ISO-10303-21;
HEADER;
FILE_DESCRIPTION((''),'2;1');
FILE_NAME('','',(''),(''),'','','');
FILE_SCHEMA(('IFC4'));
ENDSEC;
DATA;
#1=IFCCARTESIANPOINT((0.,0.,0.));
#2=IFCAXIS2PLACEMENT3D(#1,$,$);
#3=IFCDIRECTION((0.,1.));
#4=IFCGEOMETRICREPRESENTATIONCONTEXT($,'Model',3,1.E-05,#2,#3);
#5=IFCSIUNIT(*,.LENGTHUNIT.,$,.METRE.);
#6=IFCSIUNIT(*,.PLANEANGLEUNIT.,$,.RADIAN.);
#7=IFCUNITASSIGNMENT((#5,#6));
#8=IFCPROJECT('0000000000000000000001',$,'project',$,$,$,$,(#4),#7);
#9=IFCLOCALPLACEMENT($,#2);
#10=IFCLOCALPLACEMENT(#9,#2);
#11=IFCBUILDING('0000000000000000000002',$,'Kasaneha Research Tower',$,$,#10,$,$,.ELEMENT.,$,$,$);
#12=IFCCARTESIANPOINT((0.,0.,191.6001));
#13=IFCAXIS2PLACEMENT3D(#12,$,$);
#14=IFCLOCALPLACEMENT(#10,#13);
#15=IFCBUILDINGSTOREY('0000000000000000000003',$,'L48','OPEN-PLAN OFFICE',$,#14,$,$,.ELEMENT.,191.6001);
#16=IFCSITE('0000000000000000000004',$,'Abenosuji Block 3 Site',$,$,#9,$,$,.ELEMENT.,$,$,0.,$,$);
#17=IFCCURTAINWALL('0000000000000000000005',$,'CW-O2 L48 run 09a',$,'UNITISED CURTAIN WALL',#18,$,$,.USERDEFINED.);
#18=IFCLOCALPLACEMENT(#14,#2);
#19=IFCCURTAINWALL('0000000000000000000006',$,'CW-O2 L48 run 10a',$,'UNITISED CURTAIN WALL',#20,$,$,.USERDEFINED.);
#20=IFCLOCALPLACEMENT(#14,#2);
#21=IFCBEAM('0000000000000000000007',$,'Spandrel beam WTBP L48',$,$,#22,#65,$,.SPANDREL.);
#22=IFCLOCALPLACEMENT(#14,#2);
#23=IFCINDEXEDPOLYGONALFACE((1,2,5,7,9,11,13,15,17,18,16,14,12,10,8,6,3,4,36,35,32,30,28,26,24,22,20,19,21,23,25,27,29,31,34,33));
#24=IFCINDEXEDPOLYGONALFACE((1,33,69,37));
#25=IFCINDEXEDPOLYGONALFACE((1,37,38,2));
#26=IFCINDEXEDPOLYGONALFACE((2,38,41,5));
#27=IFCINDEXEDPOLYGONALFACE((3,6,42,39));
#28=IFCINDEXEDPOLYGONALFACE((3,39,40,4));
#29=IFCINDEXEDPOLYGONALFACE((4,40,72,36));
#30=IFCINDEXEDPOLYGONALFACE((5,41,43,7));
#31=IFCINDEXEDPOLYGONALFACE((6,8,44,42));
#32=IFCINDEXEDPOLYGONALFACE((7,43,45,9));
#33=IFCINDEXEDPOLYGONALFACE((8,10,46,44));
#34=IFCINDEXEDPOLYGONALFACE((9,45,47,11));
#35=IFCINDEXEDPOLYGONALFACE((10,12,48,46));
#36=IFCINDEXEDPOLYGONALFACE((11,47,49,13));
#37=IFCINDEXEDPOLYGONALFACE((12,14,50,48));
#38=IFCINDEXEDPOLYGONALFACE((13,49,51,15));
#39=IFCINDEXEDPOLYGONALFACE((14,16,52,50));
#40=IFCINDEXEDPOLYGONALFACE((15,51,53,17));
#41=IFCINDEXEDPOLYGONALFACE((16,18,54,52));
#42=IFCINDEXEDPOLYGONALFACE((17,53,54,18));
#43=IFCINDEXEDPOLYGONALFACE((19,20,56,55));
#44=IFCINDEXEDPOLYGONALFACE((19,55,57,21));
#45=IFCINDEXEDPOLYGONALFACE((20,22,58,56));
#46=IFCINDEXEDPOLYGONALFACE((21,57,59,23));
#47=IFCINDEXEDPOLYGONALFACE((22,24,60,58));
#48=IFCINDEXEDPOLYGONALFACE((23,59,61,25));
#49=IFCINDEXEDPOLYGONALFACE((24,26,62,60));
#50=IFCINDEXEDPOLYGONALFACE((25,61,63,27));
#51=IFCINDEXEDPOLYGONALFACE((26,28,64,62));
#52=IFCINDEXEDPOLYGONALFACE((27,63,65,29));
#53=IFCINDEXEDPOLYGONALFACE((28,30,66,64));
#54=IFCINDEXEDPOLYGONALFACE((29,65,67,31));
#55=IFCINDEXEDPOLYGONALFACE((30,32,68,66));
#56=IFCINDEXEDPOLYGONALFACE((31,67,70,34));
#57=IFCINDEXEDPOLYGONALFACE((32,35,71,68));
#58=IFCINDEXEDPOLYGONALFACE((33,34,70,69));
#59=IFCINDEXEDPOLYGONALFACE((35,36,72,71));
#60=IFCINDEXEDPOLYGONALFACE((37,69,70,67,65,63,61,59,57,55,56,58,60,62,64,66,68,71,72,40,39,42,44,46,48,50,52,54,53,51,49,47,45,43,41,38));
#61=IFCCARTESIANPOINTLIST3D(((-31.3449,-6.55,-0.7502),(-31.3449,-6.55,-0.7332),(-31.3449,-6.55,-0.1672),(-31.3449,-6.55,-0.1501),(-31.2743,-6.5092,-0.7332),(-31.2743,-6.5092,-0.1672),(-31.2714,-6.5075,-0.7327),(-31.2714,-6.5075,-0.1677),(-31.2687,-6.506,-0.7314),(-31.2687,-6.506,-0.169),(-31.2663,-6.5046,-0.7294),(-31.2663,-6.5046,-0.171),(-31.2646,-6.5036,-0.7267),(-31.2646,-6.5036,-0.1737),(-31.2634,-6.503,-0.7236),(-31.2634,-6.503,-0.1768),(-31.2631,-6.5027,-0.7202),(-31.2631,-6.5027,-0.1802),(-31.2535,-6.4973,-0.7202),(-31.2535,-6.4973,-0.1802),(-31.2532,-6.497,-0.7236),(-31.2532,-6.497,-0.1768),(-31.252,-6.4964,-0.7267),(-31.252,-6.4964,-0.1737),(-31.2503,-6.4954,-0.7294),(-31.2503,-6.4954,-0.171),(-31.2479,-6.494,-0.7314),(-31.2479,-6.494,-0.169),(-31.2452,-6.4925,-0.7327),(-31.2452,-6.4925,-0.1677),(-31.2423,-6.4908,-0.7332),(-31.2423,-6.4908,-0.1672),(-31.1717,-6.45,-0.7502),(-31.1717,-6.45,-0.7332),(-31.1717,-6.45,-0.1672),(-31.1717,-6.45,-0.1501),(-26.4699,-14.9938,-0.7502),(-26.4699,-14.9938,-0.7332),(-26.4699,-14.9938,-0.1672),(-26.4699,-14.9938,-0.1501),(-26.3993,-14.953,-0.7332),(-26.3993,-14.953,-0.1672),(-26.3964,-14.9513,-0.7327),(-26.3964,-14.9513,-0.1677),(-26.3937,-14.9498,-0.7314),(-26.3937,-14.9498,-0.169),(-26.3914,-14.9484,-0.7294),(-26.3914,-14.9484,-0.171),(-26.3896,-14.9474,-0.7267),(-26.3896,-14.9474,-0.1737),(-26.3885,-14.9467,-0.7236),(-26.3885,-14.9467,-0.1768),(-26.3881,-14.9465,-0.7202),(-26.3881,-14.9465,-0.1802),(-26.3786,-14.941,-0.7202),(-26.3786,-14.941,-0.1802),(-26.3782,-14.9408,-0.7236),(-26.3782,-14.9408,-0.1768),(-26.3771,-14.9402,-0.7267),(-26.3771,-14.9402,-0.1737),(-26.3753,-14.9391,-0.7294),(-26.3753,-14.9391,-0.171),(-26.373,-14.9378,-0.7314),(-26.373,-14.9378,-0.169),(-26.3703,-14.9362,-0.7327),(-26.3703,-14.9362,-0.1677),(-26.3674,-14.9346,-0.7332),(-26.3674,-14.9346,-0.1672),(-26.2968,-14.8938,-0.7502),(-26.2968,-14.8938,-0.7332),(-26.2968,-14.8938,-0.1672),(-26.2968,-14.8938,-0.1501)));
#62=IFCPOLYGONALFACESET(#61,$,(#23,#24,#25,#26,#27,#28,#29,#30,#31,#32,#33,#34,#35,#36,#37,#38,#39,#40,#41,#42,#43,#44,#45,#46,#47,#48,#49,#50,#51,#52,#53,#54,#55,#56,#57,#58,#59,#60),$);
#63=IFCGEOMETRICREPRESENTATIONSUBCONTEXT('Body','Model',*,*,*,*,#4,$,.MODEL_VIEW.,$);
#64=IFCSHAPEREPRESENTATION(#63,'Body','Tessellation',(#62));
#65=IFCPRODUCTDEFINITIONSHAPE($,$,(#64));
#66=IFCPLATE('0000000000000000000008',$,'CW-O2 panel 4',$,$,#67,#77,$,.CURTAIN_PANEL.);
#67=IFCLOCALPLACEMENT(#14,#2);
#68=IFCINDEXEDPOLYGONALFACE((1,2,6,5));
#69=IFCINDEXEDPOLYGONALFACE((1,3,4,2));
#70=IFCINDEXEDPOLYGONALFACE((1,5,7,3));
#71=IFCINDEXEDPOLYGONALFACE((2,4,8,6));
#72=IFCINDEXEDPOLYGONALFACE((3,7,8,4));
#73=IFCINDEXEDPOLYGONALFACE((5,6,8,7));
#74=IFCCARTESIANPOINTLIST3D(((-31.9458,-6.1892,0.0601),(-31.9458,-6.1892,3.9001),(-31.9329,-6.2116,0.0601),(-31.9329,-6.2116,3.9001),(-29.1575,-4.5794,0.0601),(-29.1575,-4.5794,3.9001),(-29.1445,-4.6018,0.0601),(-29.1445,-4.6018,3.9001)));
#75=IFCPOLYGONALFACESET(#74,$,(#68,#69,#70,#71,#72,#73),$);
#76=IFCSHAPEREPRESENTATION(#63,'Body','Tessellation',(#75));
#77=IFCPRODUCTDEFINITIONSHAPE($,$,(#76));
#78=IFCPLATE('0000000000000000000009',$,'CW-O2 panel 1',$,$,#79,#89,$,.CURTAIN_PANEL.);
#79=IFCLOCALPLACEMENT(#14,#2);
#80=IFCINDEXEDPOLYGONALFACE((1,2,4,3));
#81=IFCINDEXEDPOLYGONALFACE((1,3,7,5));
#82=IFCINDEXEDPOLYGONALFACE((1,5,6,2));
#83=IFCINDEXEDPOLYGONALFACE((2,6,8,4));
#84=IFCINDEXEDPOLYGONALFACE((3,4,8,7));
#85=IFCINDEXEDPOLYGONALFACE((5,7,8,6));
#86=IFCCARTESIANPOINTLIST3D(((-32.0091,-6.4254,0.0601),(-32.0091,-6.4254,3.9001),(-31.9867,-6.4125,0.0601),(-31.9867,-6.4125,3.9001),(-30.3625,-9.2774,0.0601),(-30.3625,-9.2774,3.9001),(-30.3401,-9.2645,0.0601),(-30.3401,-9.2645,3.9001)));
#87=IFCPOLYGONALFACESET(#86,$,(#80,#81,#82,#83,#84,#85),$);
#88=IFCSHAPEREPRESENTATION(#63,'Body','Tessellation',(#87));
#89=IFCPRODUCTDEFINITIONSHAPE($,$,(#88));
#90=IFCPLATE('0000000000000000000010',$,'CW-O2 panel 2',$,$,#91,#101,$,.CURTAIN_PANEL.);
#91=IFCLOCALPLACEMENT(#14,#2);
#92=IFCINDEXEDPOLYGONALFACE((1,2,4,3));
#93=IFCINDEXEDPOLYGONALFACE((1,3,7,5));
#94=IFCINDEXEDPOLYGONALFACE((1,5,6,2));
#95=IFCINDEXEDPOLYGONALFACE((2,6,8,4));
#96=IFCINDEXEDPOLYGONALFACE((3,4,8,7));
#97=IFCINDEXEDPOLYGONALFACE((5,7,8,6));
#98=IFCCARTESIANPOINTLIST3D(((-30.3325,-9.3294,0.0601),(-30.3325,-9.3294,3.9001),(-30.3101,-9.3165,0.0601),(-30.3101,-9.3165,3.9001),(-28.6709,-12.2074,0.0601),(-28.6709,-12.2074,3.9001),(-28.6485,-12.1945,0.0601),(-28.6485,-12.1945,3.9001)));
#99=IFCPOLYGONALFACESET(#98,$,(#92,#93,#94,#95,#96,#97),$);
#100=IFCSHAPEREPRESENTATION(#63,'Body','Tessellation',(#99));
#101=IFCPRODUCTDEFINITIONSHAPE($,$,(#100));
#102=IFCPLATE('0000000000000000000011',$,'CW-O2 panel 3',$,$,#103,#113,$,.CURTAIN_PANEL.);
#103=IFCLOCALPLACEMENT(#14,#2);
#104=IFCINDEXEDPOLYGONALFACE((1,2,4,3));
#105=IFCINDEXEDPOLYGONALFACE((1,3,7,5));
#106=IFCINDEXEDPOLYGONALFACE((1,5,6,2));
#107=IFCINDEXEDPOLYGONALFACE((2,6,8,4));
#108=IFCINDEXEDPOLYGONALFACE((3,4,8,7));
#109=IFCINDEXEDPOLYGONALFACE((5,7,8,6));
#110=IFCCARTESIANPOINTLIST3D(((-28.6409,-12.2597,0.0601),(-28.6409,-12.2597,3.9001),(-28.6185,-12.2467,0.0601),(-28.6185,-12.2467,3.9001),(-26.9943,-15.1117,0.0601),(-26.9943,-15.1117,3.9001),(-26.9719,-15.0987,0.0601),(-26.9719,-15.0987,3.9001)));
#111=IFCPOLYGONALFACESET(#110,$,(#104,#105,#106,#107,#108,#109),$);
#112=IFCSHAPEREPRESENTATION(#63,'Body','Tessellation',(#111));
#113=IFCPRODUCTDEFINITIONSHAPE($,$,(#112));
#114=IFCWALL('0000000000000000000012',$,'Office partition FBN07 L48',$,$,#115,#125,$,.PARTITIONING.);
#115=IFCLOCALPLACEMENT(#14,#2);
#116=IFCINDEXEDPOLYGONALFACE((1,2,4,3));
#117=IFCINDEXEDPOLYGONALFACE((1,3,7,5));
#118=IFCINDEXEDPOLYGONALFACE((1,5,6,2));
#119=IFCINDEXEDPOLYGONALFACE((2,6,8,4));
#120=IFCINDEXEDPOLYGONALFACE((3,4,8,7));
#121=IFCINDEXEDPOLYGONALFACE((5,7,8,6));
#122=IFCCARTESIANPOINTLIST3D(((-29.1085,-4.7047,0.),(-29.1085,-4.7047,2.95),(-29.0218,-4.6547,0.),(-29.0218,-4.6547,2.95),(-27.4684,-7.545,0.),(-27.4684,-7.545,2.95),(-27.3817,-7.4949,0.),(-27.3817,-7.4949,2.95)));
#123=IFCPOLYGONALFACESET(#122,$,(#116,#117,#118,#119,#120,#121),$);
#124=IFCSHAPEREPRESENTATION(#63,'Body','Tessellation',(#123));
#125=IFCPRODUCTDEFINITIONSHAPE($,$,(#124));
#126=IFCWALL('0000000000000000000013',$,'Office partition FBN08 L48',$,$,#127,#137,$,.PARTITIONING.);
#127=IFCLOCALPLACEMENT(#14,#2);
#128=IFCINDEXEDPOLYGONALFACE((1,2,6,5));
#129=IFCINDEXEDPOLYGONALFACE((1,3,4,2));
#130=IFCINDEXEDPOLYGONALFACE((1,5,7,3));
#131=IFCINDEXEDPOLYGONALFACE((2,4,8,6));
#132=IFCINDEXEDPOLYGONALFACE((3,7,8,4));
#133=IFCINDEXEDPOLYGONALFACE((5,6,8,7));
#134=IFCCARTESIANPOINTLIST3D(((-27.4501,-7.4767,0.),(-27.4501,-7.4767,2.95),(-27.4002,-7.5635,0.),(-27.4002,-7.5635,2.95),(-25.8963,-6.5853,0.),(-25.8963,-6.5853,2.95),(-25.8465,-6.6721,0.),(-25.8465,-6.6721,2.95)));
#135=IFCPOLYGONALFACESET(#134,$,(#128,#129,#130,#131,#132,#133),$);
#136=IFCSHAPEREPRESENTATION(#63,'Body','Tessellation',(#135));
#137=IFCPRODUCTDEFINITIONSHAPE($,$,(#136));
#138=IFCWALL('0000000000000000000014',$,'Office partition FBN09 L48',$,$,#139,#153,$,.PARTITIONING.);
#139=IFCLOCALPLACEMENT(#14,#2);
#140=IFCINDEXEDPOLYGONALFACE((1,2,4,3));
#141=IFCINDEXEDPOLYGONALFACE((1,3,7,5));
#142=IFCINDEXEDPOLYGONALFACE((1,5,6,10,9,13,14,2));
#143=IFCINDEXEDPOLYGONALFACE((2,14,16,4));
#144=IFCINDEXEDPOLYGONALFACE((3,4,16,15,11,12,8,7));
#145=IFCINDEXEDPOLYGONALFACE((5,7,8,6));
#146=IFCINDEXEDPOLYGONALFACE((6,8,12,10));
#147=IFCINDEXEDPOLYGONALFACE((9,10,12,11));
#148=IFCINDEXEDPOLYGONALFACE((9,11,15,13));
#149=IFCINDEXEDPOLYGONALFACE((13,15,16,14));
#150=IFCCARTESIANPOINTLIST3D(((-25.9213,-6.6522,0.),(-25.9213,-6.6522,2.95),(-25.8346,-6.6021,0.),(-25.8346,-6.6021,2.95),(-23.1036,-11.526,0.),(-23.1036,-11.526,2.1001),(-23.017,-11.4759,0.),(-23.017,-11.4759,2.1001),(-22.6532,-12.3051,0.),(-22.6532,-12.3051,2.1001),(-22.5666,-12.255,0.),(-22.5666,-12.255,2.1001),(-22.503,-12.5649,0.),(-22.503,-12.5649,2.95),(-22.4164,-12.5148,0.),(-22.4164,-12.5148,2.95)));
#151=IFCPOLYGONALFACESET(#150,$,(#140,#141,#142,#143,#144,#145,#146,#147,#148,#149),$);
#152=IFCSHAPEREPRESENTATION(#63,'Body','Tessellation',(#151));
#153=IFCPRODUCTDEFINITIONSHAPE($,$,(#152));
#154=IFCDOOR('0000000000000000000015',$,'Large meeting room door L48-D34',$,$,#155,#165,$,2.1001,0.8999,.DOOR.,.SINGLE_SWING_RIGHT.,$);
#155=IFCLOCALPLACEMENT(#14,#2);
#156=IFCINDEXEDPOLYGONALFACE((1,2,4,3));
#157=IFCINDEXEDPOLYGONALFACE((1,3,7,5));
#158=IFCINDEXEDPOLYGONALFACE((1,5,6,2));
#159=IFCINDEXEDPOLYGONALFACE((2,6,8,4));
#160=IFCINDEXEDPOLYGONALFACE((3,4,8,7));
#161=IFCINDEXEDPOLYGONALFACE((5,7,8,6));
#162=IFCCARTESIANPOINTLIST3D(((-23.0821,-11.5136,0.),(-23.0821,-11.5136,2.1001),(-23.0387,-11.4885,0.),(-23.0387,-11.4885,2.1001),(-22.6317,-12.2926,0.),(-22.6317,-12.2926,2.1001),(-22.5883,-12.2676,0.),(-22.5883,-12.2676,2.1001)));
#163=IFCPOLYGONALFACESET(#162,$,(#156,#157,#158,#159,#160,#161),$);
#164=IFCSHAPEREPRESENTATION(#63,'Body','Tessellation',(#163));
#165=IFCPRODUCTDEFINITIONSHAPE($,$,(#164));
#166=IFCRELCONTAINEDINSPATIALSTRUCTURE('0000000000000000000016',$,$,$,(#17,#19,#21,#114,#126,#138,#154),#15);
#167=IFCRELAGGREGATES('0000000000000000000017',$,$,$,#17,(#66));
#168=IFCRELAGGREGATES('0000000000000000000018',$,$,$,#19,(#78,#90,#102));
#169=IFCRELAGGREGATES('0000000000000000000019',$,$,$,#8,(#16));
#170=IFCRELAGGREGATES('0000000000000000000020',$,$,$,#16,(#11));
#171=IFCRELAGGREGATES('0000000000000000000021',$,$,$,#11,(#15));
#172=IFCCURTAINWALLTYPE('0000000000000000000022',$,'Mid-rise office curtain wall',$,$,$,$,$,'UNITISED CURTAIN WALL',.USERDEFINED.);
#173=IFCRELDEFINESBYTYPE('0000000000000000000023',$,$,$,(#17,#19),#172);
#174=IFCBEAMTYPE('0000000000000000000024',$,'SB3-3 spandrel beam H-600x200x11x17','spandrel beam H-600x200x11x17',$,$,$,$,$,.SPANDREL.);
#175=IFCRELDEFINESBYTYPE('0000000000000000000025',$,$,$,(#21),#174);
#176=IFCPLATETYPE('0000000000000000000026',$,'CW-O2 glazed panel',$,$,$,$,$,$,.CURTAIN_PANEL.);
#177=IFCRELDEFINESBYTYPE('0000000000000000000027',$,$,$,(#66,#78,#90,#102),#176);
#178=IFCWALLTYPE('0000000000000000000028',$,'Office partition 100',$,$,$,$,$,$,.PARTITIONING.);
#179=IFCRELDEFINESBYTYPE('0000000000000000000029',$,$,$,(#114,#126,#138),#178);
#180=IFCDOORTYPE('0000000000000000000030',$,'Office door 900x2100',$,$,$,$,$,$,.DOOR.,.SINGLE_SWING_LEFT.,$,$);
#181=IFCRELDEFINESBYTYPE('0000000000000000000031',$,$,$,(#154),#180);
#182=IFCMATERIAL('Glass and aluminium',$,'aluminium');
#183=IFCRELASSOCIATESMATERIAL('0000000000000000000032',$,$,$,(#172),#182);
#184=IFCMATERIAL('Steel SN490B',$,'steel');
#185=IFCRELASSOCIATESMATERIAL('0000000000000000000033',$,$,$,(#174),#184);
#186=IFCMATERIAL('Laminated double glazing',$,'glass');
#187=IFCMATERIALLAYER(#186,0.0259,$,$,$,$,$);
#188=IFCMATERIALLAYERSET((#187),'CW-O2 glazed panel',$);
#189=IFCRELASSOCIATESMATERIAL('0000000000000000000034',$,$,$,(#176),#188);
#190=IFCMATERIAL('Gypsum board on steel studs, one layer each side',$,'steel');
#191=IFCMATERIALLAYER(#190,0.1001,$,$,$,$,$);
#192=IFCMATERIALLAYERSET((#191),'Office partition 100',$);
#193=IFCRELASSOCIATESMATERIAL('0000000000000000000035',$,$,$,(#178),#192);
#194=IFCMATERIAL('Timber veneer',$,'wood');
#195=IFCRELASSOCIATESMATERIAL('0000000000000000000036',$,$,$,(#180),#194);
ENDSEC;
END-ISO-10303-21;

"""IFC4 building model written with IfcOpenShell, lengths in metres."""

from ifc_helpers import new_model, si_unit, direction, frame, frame_2d, origin, origin_2d, place, context, subcontext, project, spatial, rectangle, i_section, extrude, material, layer, layer_set, material_profile, profile_set, type_object, element, fill, aggregate, save


model = new_model("IFC4")

# Units and contexts
model_context = context("Model", 3, precision=1e-05, world=origin(), true_north=direction((0.0, 1.0)))
body_context = subcontext(model_context, "Body", "Model", "MODEL_VIEW")
ifc_project = project(units=[si_unit("LENGTHUNIT", "METRE"), si_unit("PLANEANGLEUNIT", "RADIAN")], contexts=[model_context])

# Site, building, storey
site_placement = place(None, origin())
site = spatial("IfcSite", under=ifc_project, at=site_placement, Name="Abenosuji Block 3 Site", CompositionType="ELEMENT", RefElevation=0.0)
building_placement = place(site_placement, origin())
building = spatial("IfcBuilding", under=site, at=building_placement, Name="Kasaneha Research Tower", CompositionType="ELEMENT")
storey_placement = place(building_placement, frame((0.0, 0.0, 191.6001)))
storey = spatial("IfcBuildingStorey", under=building, at=storey_placement, Name="L48", Description="OPEN-PLAN OFFICE", CompositionType="ELEMENT", Elevation=191.6001)

# Curtain walls
ifc_material_1 = material(Name="Glass and aluminium", Category="aluminium")
curtain_wall_type = type_object("IfcCurtainWallType", Name="Mid-rise office curtain wall", ElementType="UNITISED CURTAIN WALL", PredefinedType="USERDEFINED", material=ifc_material_1)
curtain_wall_1_placement = place(storey_placement, origin())
curtain_wall_1 = element("IfcCurtainWall", 1, at=curtain_wall_1_placement, inside=storey, type_object=curtain_wall_type, Name="CW-O2 L48 run 09a", ObjectType="UNITISED CURTAIN WALL", PredefinedType="USERDEFINED")
curtain_wall_2_placement = place(storey_placement, origin())
curtain_wall_2 = element("IfcCurtainWall", 2, at=curtain_wall_2_placement, inside=storey, type_object=curtain_wall_type, Name="CW-O2 L48 run 10a", ObjectType="UNITISED CURTAIN WALL", PredefinedType="USERDEFINED")

# Beam
ifc_material_2 = material(Name="Steel SN490B", Category="steel")
ifc_material_profile_1 = material_profile(ifc_material_2, i_section(OverallWidth=0.2, OverallDepth=0.6001, WebThickness=0.011, FlangeThickness=0.0171, FilletRadius=0.0129, at=origin_2d()), Name="H-600x200x11x17")
ifc_profile_set_1 = profile_set([ifc_material_profile_1], Name="Steel SN490B")
beam_type_1 = type_object("IfcBeamType", Name="SB3-3 spandrel beam H-600x200x11x17", Description="spandrel beam H-600x200x11x17", PredefinedType="SPANDREL", material=ifc_profile_set_1)
beam_1_placement = place(storey_placement, frame((-31.2583, -6.5, -0.4502), z_axis=(0.499996, -0.866028, 0.0), x_axis=(0.866028, 0.499996, 0.0)))
element("IfcBeam", 3, at=beam_1_placement, inside=storey, type_object=beam_type_1, Name="Spandrel beam WTBP L48", PredefinedType="SPANDREL", context=body_context, shape_type="SweptSolid", body=[
    extrude(i_section(OverallWidth=0.2, OverallDepth=0.6001, WebThickness=0.011, FlangeThickness=0.0171, FilletRadius=0.0129, at=origin_2d()), origin(), (0.0, 0.0, 1.0), 9.75),
])

# Plates
ifc_material_3 = material(Name="Laminated double glazing", Category="glass")
ifc_layer_1 = layer(ifc_material_3, 0.0259)
ifc_layer_set_1 = layer_set([ifc_layer_1], Name="CW-O2 glazed panel")
plate_type = type_object("IfcPlateType", Name="CW-O2 glazed panel", PredefinedType="CURTAIN_PANEL", material=ifc_layer_set_1)
plate_1_placement = place(storey_placement, frame((-30.5452, -5.3955, 0.0601), z_axis=(0.0, 0.0, 1.0), x_axis=(-0.866025, -0.5, 0.0)))
plate_1 = element("IfcPlate", 4, at=plate_1_placement, type_object=plate_type, Name="CW-O2 panel 4", PredefinedType="CURTAIN_PANEL", context=body_context, shape_type="SweptSolid", body=[
    extrude(rectangle(XDim=3.2197, YDim=0.0259, at=origin_2d()), origin(), (0.0, 0.0, 1.0), 3.8401),
])
aggregate(curtain_wall_1, [plate_1])
plate_2_placement = place(storey_placement, frame((-31.1746, -7.845, 0.0601), z_axis=(0.0, 0.0, 1.0), x_axis=(0.5, -0.866025, 0.0)))
plate_2 = element("IfcPlate", 5, at=plate_2_placement, type_object=plate_type, Name="CW-O2 panel 1", PredefinedType="CURTAIN_PANEL", context=body_context, shape_type="SweptSolid", body=[
    extrude(rectangle(XDim=3.2932, YDim=0.0259, at=origin_2d()), origin(), (0.0, 0.0, 1.0), 3.8401),
])
plate_3_placement = place(storey_placement, frame((-29.4905, -10.762, 0.0601), z_axis=(0.0, 0.0, 1.0), x_axis=(0.5, -0.866025, 0.0)))
plate_3 = element("IfcPlate", 6, at=plate_3_placement, type_object=plate_type, Name="CW-O2 panel 2", PredefinedType="CURTAIN_PANEL", context=body_context, shape_type="SweptSolid", body=[
    extrude(rectangle(XDim=3.3232, YDim=0.0259, at=origin_2d()), origin(), (0.0, 0.0, 1.0), 3.8401),
])
plate_4_placement = place(storey_placement, frame((-27.8064, -13.6792, 0.0601), z_axis=(0.0, 0.0, 1.0), x_axis=(0.5, -0.866025, 0.0)))
plate_4 = element("IfcPlate", 7, at=plate_4_placement, type_object=plate_type, Name="CW-O2 panel 3", PredefinedType="CURTAIN_PANEL", context=body_context, shape_type="SweptSolid", body=[
    extrude(rectangle(XDim=3.2932, YDim=0.0259, at=origin_2d()), origin(), (0.0, 0.0, 1.0), 3.8401),
])
aggregate(curtain_wall_2, [plate_2, plate_3, plate_4])

# Walls
ifc_material_4 = material(Name="Gypsum board on steel studs, one layer each side", Category="steel")
ifc_layer_2 = layer(ifc_material_4, 0.1001)
ifc_layer_set_2 = layer_set([ifc_layer_2], Name="Office partition 100")
wall_type_1 = type_object("IfcWallType", Name="Office partition 100", PredefinedType="PARTITIONING", material=ifc_layer_set_2)
wall_1_placement = place(storey_placement, frame((-29.0652, -4.6797, 0.0), z_axis=(0.0, 0.0, 1.0), x_axis=(0.500062, -0.86599, 0.0)))
element("IfcWall", 8, at=wall_1_placement, inside=storey, type_object=wall_type_1, Name="Office partition FBN07 L48", PredefinedType="PARTITIONING", context=body_context, shape_type="SweptSolid", body=[
    extrude(rectangle(XDim=3.2798, YDim=0.1001, at=frame_2d((1.6399, 0.0))), origin(), (0.0, 0.0, 1.0), 2.95),
])
wall_2_placement = place(storey_placement, frame((-27.425, -7.52, 0.0), z_axis=(0.0, 0.0, 1.0), x_axis=(0.867395, 0.497621, 0.0)))
element("IfcWall", 9, at=wall_2_placement, inside=storey, type_object=wall_type_1, Name="Office partition FBN08 L48", PredefinedType="PARTITIONING", context=body_context, shape_type="SweptSolid", body=[
    extrude(rectangle(XDim=1.7913, YDim=0.1001, at=frame_2d((0.8955, 0.0))), origin(), (0.0, 0.0, 1.0), 2.95),
])

# Wall, opening, door
wall_3_placement = place(storey_placement, frame((-25.8779, -6.6272, 0.0), z_axis=(0.0, 0.0, 1.0), x_axis=(0.500502, -0.865735, 0.0)))
wall_3 = element("IfcWall", 10, at=wall_3_placement, inside=storey, type_object=wall_type_1, Name="Office partition FBN09 L48", PredefinedType="PARTITIONING", context=body_context, shape_type="SweptSolid", body=[
    extrude(rectangle(XDim=6.8296, YDim=0.1001, at=frame_2d((3.4148, 0.0))), origin(), (0.0, 0.0, 1.0), 2.95),
])
opening_1_placement = place(wall_3_placement, frame((5.6296, 0.0, 0.0)))
opening_1 = element("IfcOpeningElement", 11, at=opening_1_placement, cuts=wall_3, PredefinedType="OPENING", context=body_context, shape_type="SweptSolid", body=[
    extrude(rectangle(XDim=0.8999, YDim=2.1001, at=frame_2d((0.45, 1.05))), frame((0.0, 0.0601, 0.0), z_axis=(0.0, -1.0, 0.0), x_axis=(1.0, 0.0, 0.0)), (0.0, 0.0, 1.0), 0.1201),
])
ifc_material_5 = material(Name="Timber veneer", Category="wood")
door_type_1 = type_object("IfcDoorType", Name="Office door 900x2100", OperationType="SINGLE_SWING_LEFT", PredefinedType="DOOR", material=ifc_material_5)
door_1_placement = place(opening_1_placement, origin())
door_1 = element("IfcDoor", 12, at=door_1_placement, inside=storey, type_object=door_type_1, Name="Large meeting room door L48-D34", OperationType="SINGLE_SWING_RIGHT", OverallHeight=2.1001, OverallWidth=0.8999, PredefinedType="DOOR", context=body_context, shape_type="SweptSolid", body=[
    extrude(rectangle(XDim=0.8999, YDim=2.1001, at=frame_2d((0.45, 1.05))), frame((0.0, 0.0249, 0.0), z_axis=(0.0, -1.0, 0.0), x_axis=(1.0, 0.0, 0.0)), (0.0, 0.0, 1.0), 0.05),
])
fill(opening_1, door_1)

save(model, "model.ifc")
